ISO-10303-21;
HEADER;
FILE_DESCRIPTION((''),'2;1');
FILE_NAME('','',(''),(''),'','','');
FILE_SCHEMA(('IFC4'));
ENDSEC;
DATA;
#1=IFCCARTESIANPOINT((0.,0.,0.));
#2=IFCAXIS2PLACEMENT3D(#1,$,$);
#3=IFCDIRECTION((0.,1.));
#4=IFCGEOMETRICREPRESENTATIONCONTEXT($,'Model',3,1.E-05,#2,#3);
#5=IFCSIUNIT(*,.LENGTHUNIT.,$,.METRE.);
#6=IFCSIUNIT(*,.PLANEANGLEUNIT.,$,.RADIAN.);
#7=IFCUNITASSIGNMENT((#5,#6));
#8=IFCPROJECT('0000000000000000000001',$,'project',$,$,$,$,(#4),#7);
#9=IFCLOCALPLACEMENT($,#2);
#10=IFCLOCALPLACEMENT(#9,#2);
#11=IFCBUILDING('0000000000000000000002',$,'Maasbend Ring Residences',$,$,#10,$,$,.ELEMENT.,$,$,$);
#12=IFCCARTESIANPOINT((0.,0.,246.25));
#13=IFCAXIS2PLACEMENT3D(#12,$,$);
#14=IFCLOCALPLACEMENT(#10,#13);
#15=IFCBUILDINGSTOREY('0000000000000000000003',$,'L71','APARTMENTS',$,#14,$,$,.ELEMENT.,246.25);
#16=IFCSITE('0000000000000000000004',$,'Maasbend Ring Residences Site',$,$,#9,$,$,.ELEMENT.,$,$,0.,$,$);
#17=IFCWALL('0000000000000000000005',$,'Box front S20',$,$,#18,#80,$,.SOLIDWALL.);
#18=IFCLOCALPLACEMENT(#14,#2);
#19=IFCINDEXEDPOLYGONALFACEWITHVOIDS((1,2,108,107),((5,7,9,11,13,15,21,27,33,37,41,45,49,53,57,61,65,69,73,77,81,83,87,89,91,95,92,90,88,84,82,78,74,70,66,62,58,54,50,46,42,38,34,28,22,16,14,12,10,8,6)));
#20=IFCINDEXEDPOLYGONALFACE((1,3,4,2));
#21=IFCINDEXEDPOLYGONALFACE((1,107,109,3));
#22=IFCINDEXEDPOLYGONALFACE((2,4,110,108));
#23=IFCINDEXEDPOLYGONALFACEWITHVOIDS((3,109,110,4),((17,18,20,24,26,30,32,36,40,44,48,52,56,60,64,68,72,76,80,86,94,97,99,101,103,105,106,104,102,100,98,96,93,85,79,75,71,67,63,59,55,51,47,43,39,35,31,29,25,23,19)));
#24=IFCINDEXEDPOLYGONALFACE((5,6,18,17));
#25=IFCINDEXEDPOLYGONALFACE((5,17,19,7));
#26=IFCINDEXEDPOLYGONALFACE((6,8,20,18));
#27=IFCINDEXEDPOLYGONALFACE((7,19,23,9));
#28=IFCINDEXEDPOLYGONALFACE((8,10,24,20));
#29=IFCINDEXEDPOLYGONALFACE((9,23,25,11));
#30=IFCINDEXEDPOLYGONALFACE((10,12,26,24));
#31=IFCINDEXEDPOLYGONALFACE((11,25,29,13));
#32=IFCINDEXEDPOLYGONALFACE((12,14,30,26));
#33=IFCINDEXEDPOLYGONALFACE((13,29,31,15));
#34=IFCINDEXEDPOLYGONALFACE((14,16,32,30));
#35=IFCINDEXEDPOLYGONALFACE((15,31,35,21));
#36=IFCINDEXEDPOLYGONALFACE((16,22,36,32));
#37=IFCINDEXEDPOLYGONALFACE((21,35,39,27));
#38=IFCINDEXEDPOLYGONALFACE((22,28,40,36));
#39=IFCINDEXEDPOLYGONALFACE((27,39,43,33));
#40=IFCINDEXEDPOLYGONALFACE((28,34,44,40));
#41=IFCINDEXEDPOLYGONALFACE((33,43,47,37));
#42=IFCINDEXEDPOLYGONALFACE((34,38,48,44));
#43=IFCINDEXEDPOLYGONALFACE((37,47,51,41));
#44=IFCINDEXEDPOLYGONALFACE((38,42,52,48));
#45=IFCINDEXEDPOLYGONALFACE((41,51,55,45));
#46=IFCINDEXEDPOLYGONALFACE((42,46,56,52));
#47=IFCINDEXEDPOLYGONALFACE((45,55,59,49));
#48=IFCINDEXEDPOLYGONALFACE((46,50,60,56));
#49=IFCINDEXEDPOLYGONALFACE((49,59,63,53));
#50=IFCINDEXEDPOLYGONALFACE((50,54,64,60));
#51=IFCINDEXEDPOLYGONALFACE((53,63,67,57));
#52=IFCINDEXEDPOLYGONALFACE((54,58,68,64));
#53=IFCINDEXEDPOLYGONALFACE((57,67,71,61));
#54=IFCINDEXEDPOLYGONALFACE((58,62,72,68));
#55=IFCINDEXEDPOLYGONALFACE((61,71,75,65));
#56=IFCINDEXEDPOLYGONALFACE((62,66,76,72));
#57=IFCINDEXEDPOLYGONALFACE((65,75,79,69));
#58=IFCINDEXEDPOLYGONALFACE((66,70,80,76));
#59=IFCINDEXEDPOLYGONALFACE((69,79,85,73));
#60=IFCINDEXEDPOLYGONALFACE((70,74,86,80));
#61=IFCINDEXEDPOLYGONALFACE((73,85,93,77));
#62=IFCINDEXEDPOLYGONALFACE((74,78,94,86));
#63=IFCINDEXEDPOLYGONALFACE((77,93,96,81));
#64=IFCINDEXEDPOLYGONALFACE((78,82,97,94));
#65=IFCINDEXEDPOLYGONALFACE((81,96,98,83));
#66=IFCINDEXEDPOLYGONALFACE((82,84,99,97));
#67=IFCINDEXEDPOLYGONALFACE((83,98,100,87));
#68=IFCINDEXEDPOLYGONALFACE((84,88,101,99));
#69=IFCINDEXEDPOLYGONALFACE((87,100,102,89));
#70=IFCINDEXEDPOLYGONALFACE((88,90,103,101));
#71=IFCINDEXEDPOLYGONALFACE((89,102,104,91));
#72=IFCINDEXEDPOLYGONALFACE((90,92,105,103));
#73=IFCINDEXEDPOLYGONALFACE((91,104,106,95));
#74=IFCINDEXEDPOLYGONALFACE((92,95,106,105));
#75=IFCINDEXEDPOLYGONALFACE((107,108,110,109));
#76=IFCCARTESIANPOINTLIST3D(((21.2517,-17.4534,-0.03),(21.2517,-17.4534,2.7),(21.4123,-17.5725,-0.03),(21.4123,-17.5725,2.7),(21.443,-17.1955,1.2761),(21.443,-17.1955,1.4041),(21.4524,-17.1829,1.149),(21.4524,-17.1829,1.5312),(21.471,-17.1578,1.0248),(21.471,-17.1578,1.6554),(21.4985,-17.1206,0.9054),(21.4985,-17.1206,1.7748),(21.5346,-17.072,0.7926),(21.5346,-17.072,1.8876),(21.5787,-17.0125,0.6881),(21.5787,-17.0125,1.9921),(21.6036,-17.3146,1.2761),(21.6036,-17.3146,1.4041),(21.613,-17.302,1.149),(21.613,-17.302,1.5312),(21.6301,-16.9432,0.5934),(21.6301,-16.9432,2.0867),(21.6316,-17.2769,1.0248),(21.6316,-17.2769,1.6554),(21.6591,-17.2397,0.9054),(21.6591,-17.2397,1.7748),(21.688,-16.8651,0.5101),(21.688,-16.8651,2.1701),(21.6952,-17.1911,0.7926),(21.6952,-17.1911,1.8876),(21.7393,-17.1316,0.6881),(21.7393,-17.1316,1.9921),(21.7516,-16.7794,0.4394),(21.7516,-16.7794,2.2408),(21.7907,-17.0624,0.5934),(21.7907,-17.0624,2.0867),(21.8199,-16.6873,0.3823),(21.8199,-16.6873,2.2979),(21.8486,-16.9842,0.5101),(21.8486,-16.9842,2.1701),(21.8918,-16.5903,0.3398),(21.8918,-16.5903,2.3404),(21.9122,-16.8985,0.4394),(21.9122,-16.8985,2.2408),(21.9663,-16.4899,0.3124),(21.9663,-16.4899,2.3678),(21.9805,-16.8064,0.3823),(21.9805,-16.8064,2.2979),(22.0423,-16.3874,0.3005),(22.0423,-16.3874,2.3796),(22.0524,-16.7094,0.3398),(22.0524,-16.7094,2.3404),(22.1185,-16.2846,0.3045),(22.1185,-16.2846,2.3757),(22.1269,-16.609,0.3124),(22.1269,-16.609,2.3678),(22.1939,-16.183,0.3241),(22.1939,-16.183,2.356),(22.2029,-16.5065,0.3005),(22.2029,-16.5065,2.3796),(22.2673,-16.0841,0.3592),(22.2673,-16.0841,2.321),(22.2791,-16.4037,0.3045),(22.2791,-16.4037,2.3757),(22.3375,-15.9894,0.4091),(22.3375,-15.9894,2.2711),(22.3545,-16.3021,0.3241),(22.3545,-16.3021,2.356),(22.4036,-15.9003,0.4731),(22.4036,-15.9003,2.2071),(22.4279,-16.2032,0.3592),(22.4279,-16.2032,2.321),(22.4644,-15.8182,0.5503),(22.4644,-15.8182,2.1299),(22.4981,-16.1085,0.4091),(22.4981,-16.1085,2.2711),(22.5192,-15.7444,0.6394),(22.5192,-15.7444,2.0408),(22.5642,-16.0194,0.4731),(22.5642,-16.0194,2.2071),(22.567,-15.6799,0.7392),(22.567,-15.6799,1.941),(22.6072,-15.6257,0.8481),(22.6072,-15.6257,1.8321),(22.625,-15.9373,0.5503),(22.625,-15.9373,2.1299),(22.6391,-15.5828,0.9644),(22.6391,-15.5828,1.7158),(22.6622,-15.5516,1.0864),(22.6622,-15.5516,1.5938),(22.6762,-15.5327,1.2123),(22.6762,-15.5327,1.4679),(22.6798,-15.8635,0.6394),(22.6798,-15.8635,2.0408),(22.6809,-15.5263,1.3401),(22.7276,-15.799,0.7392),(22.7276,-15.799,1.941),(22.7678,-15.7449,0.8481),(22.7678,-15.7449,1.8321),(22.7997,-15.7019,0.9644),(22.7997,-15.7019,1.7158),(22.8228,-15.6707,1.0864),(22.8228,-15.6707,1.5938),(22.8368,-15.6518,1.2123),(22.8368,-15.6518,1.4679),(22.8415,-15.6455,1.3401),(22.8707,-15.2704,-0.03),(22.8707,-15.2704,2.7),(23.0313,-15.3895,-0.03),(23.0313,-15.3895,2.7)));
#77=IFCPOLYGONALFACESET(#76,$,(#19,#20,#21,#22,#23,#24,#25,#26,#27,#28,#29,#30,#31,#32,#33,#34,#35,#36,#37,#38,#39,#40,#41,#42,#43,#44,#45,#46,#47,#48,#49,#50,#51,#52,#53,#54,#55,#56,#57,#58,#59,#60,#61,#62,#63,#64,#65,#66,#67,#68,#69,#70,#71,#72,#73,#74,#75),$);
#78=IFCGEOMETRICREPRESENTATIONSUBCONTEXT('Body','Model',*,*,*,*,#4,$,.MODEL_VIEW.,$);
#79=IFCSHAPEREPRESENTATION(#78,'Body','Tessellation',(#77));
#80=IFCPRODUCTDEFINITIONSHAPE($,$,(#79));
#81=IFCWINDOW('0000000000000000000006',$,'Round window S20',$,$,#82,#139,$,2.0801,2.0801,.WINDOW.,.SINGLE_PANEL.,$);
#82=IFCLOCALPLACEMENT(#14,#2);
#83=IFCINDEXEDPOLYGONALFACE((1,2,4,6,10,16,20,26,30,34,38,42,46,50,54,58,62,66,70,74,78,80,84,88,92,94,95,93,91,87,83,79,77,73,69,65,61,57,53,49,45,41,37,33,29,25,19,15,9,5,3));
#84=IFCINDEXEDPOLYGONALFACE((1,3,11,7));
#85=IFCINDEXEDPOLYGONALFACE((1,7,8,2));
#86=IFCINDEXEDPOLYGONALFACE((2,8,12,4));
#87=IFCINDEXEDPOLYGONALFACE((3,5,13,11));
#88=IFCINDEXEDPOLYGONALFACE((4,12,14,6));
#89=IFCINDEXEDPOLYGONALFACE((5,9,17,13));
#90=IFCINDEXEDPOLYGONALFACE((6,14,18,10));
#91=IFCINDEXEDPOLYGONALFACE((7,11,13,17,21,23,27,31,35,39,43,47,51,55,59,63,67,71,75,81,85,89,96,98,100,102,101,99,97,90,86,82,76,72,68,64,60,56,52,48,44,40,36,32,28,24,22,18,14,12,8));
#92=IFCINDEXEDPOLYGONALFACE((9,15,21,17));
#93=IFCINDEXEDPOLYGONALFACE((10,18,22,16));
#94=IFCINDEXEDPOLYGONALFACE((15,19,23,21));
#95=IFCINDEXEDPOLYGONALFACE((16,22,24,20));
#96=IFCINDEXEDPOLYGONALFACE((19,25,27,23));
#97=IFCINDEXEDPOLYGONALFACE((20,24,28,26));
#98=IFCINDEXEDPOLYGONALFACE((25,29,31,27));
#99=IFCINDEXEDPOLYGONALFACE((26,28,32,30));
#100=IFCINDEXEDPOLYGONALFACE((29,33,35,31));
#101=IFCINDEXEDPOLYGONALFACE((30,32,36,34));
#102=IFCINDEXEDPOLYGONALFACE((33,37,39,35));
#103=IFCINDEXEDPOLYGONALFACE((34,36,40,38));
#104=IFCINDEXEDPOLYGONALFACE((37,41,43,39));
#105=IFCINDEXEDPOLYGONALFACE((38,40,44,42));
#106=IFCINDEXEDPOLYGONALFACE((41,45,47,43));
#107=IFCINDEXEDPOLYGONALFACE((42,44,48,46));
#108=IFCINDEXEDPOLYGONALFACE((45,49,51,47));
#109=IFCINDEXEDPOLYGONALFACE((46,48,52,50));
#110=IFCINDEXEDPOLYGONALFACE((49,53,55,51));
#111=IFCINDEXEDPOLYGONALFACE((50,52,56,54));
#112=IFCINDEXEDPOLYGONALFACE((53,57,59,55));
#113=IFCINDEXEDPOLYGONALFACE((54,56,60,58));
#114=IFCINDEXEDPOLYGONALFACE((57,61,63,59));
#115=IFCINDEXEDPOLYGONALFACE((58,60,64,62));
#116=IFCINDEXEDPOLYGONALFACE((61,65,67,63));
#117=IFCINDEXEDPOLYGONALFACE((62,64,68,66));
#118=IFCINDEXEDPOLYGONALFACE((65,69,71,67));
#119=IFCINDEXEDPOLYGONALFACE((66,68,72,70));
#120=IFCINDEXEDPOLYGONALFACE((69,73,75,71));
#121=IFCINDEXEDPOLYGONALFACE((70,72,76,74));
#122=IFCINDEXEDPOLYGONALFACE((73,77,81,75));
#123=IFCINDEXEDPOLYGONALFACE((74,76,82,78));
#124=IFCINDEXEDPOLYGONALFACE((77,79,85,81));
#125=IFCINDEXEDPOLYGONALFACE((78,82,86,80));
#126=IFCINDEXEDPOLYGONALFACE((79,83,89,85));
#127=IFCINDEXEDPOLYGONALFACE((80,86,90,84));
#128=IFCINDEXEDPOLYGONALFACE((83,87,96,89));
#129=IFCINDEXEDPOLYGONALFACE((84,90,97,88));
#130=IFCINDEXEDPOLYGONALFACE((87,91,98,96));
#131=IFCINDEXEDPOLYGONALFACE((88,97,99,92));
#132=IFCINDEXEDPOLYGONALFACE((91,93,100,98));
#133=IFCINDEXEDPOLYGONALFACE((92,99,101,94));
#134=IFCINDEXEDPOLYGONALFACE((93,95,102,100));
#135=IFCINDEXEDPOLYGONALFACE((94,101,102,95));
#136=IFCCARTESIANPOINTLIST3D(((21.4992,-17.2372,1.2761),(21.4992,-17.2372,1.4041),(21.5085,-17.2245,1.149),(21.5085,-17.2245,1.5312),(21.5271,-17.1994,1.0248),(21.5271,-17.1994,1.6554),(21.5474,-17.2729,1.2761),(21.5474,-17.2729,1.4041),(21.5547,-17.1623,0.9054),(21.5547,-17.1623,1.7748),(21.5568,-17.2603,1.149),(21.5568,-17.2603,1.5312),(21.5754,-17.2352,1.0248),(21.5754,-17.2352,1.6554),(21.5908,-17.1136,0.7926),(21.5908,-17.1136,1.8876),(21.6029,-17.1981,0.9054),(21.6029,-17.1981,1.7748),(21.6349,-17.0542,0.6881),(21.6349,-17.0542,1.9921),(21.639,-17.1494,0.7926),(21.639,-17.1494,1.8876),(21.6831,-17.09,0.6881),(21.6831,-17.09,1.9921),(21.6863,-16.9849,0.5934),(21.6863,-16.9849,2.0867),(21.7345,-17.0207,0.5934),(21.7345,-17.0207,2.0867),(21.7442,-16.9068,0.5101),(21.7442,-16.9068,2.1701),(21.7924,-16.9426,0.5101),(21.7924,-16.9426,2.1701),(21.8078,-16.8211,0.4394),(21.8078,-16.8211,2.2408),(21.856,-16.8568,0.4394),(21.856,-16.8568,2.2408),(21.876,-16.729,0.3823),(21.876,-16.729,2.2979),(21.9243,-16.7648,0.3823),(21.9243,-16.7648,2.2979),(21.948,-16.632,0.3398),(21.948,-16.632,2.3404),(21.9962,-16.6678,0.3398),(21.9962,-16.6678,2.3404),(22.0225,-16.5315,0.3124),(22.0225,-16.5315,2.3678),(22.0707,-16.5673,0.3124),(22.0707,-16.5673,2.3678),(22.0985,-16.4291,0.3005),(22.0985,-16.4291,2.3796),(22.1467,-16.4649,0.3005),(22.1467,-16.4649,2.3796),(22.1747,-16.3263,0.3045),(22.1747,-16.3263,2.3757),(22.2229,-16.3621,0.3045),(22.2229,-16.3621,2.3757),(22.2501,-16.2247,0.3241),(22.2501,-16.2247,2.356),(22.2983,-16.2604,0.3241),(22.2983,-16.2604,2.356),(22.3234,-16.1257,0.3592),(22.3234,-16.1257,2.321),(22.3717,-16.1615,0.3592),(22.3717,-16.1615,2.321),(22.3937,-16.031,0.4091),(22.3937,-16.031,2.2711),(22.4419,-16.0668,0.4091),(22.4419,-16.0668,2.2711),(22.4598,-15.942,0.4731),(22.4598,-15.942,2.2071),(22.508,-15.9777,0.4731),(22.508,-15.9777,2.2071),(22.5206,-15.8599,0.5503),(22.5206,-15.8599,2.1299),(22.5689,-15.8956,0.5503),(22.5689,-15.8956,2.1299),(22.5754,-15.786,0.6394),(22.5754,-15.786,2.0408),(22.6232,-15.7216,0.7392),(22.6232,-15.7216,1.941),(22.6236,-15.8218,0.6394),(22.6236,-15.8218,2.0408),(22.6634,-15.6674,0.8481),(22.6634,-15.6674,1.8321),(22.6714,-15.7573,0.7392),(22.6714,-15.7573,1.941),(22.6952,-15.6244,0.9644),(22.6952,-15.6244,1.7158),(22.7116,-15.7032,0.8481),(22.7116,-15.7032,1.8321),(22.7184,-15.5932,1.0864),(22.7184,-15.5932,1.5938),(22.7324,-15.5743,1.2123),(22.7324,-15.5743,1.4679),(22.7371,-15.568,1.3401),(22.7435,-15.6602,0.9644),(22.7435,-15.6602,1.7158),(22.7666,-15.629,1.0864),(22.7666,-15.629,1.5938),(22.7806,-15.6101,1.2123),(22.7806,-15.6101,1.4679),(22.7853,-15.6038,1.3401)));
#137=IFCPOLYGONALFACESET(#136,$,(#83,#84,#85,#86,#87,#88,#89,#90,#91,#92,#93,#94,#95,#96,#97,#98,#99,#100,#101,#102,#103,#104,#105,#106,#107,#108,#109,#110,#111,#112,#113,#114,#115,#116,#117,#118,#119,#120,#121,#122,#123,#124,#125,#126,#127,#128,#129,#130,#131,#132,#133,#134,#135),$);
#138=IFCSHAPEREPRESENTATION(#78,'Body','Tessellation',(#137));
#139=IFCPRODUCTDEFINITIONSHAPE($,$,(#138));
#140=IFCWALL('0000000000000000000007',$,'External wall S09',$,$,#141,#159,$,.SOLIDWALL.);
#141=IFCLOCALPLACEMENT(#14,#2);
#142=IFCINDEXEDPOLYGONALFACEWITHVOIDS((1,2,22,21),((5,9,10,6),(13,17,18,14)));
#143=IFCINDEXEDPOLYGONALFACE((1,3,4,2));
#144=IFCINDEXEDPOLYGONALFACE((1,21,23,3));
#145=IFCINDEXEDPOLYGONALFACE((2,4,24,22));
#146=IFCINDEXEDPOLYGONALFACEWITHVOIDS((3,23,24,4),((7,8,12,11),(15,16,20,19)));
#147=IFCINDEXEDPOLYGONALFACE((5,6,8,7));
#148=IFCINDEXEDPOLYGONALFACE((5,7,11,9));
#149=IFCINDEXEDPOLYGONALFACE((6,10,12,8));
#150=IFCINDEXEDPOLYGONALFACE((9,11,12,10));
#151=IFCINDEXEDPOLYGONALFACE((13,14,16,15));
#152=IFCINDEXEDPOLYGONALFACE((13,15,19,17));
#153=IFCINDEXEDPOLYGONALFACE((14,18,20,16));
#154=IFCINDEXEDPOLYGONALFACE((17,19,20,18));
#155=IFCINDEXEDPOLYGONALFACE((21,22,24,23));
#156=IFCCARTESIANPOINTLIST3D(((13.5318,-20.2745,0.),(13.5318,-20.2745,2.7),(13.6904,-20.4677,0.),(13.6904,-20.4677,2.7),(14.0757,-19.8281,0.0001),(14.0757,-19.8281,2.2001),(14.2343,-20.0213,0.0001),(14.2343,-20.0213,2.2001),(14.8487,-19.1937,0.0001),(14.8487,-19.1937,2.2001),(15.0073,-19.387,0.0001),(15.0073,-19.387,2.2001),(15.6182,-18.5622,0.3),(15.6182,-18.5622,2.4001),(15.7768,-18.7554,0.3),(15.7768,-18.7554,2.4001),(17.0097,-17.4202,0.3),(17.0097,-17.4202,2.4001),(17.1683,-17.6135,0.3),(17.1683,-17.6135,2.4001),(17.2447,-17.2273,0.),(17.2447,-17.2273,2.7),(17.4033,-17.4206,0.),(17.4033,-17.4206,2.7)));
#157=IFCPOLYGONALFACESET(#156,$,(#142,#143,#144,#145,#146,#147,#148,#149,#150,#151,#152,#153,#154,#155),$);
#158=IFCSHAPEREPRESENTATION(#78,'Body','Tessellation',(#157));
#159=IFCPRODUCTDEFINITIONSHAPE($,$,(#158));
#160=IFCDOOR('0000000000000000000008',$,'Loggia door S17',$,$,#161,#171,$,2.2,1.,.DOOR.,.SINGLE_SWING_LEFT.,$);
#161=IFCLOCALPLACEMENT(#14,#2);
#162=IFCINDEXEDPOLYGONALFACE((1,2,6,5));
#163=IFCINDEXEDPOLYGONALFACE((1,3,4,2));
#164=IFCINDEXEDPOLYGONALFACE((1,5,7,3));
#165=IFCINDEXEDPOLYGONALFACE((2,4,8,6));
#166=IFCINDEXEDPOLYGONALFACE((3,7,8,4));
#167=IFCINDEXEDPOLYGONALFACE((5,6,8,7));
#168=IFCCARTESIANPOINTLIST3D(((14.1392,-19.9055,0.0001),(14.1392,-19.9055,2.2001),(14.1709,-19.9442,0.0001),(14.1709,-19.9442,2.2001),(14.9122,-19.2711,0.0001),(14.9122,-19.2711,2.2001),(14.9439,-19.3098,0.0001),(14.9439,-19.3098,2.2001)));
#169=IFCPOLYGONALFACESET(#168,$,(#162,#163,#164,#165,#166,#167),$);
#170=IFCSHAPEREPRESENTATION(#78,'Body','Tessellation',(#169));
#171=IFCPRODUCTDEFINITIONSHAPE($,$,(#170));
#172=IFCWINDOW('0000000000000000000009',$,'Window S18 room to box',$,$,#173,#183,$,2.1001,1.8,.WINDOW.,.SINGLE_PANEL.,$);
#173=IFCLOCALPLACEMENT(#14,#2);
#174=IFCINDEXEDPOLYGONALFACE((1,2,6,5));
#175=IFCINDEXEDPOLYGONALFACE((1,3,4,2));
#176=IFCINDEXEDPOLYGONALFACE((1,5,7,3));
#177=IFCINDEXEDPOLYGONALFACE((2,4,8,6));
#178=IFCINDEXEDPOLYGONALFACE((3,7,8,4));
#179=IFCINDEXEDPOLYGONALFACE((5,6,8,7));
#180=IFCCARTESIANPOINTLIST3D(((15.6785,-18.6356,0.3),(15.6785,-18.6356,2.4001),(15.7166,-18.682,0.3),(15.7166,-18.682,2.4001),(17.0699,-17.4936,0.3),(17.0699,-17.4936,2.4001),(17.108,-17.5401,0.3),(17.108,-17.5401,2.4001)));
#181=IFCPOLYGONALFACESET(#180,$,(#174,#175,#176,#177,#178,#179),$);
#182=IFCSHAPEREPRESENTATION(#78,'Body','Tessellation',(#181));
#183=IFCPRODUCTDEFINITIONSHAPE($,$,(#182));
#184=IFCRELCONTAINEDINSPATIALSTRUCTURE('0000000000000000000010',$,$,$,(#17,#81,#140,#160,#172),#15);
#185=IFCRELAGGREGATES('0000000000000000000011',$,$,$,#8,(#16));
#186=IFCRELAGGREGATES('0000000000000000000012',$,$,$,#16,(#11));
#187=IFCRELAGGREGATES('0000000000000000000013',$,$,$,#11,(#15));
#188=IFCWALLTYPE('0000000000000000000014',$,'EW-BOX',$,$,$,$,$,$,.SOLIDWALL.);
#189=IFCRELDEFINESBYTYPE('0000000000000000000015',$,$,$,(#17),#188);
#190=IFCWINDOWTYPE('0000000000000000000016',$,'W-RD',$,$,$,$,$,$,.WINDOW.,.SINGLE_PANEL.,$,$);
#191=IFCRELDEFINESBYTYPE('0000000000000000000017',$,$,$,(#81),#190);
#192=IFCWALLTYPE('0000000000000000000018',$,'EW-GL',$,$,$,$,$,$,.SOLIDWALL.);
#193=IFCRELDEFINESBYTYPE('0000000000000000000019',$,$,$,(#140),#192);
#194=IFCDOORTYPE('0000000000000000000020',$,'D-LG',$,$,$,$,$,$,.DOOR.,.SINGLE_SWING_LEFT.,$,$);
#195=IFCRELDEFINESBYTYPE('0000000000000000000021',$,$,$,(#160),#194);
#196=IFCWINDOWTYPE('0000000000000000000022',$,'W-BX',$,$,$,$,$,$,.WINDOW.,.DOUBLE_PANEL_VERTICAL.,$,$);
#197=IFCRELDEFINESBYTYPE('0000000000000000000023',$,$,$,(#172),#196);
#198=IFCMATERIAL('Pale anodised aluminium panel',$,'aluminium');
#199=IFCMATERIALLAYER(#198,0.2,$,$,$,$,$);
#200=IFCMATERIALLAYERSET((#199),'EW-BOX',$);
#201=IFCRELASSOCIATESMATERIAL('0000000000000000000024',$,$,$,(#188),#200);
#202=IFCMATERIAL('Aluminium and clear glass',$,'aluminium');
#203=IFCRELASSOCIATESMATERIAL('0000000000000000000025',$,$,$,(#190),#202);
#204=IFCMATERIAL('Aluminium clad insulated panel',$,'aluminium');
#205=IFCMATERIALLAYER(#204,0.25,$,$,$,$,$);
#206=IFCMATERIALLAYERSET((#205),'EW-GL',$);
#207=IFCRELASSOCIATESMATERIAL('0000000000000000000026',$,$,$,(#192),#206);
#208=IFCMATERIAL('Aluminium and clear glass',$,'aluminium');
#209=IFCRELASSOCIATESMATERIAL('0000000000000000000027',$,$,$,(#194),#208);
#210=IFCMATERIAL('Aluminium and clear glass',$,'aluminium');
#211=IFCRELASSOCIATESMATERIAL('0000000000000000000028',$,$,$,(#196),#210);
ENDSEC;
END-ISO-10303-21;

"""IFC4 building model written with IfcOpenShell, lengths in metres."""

from ifc_helpers import new_model, si_unit, direction, frame, frame_2d, origin, place, context, subcontext, project, spatial, rectangle, circle, extrude, material, layer, layer_set, type_object, element, fill, save


model = new_model("IFC4")

# Units and contexts
model_context = context("Model", 3, precision=1e-05, world=origin(), true_north=direction((0.0, 1.0)))
body_context = subcontext(model_context, "Body", "Model", "MODEL_VIEW")
ifc_project = project(units=[si_unit("LENGTHUNIT", "METRE"), si_unit("PLANEANGLEUNIT", "RADIAN")], contexts=[model_context])

# Site, building, storey
site_placement = place(None, origin())
site = spatial("IfcSite", under=ifc_project, at=site_placement, Name="Maasbend Ring Residences Site", CompositionType="ELEMENT", RefElevation=0.0)
building_placement = place(site_placement, origin())
building = spatial("IfcBuilding", under=site, at=building_placement, Name="Maasbend Ring Residences", CompositionType="ELEMENT")
storey_placement = place(building_placement, frame((0.0, 0.0, 246.25)))
storey = spatial("IfcBuildingStorey", under=building, at=storey_placement, Name="L71", Description="APARTMENTS", CompositionType="ELEMENT", Elevation=246.25)

# Shared definitions
ifc_material_1 = material(Name="Pale anodised aluminium panel", Category="aluminium")
ifc_layer_1 = layer(ifc_material_1, 0.2)
ifc_layer_set_1 = layer_set([ifc_layer_1], Name="EW-BOX")
wall_type_1 = type_object("IfcWallType", Name="EW-BOX", PredefinedType="SOLIDWALL", material=ifc_layer_set_1)
ifc_material_2 = material(Name="Aluminium and clear glass", Category="aluminium")
window_type_1 = type_object("IfcWindowType", Name="W-RD", PartitioningType="SINGLE_PANEL", PredefinedType="WINDOW", material=ifc_material_2)

# Wall, opening, window
wall_1_placement = place(storey_placement, frame((21.332, -17.5129, -0.03), z_axis=(0.0, 0.0, 1.0), x_axis=(0.595694, 0.803212, 0.0)))
wall_1 = element("IfcWall", 1, at=wall_1_placement, inside=storey, type_object=wall_type_1, Name="Box front S20", PredefinedType="SOLIDWALL", context=body_context, shape_type="SweptSolid", body=[
    extrude(rectangle(XDim=2.7178, YDim=0.2, at=frame_2d((1.3589, 0.0))), origin(), (0.0, 0.0, 1.0), 2.73),
])
opening_1_placement = place(wall_1_placement, frame((0.3191, 0.0, 0.3301)))
opening_1 = element("IfcOpeningElement", 2, at=opening_1_placement, cuts=wall_1, PredefinedType="OPENING", context=body_context, shape_type="SweptSolid", body=[
    extrude(circle(Radius=1.04, at=frame_2d((1.04, 1.04))), frame((0.0, 0.1099, 0.0), z_axis=(0.0, -1.0, 0.0), x_axis=(1.0, 0.0, 0.0)), (0.0, 0.0, 1.0), 0.22),
])
window_1_placement = place(opening_1_placement, origin())
window_1 = element("IfcWindow", 3, at=window_1_placement, inside=storey, type_object=window_type_1, Name="Round window S20", OverallHeight=2.0801, OverallWidth=2.0801, PartitioningType="SINGLE_PANEL", PredefinedType="WINDOW", context=body_context, shape_type="SweptSolid", body=[
    extrude(circle(Radius=1.04, at=frame_2d((1.04, 1.04))), frame((0.0, 0.03, 0.0), z_axis=(0.0, -1.0, 0.0), x_axis=(1.0, 0.0, 0.0)), (0.0, 0.0, 1.0), 0.0601),
])
fill(opening_1, window_1)

# Wall, openings, door, window
ifc_material_3 = material(Name="Aluminium clad insulated panel", Category="aluminium")
ifc_layer_2 = layer(ifc_material_3, 0.25)
ifc_layer_set_2 = layer_set([ifc_layer_2], Name="EW-GL")
wall_type_2 = type_object("IfcWallType", Name="EW-GL", PredefinedType="SOLIDWALL", material=ifc_layer_set_2)
wall_2_placement = place(storey_placement, frame((13.6111, -20.3711, 0.0), z_axis=(0.0, 0.0, 1.0), x_axis=(0.773008, 0.634397, 0.0)))
wall_2 = element("IfcWall", 4, at=wall_2_placement, inside=storey, type_object=wall_type_2, Name="External wall S09", PredefinedType="SOLIDWALL", context=body_context, shape_type="SweptSolid", body=[
    extrude(rectangle(XDim=4.8032, YDim=0.25, at=frame_2d((2.4016, 0.0))), origin(), (0.0, 0.0, 1.0), 2.7),
])
opening_2_placement = place(wall_2_placement, frame((0.7036, 0.0, 0.0)))
opening_2 = element("IfcOpeningElement", 5, at=opening_2_placement, cuts=wall_2, PredefinedType="OPENING", context=body_context, shape_type="SweptSolid", body=[
    extrude(rectangle(XDim=1.0, YDim=2.2, at=frame_2d((0.5, 1.1001))), frame((0.0, 0.135, 0.0), z_axis=(0.0, -1.0, 0.0), x_axis=(1.0, 0.0, 0.0)), (0.0, 0.0, 1.0), 0.27),
])
opening_3_placement = place(wall_2_placement, frame((2.6992, 0.0, 0.3)))
opening_3 = element("IfcOpeningElement", 6, at=opening_3_placement, cuts=wall_2, PredefinedType="OPENING", context=body_context, shape_type="SweptSolid", body=[
    extrude(rectangle(XDim=1.8, YDim=2.1001, at=frame_2d((0.8999, 1.05))), frame((0.0, 0.135, 0.0), z_axis=(0.0, -1.0, 0.0), x_axis=(1.0, 0.0, 0.0)), (0.0, 0.0, 1.0), 0.27),
])
ifc_material_4 = material(Name="Aluminium and clear glass", Category="aluminium")
door_type = type_object("IfcDoorType", Name="D-LG", OperationType="SINGLE_SWING_LEFT", PredefinedType="DOOR", material=ifc_material_4)
door_1_placement = place(opening_2_placement, origin())
door_1 = element("IfcDoor", 7, at=door_1_placement, inside=storey, type_object=door_type, Name="Loggia door S17", OperationType="SINGLE_SWING_LEFT", OverallHeight=2.2, OverallWidth=1.0, PredefinedType="DOOR", context=body_context, shape_type="SweptSolid", body=[
    extrude(rectangle(XDim=1.0, YDim=2.2, at=frame_2d((0.5, 1.1001))), frame((0.0, 0.0249, 0.0), z_axis=(0.0, -1.0, 0.0), x_axis=(1.0, 0.0, 0.0)), (0.0, 0.0, 1.0), 0.05),
])
fill(opening_2, door_1)
ifc_material_5 = material(Name="Aluminium and clear glass", Category="aluminium")
window_type_2 = type_object("IfcWindowType", Name="W-BX", PartitioningType="DOUBLE_PANEL_VERTICAL", PredefinedType="WINDOW", material=ifc_material_5)
window_2_placement = place(opening_3_placement, origin())
window_2 = element("IfcWindow", 8, at=window_2_placement, inside=storey, type_object=window_type_2, Name="Window S18 room to box", OverallHeight=2.1001, OverallWidth=1.8, PartitioningType="SINGLE_PANEL", PredefinedType="WINDOW", context=body_context, shape_type="SweptSolid", body=[
    extrude(rectangle(XDim=1.8, YDim=2.1001, at=frame_2d((0.8999, 1.05))), frame((0.0, 0.03, 0.0), z_axis=(0.0, -1.0, 0.0), x_axis=(1.0, 0.0, 0.0)), (0.0, 0.0, 1.0), 0.0601),
])
fill(opening_3, window_2)

save(model, "model.ifc")
